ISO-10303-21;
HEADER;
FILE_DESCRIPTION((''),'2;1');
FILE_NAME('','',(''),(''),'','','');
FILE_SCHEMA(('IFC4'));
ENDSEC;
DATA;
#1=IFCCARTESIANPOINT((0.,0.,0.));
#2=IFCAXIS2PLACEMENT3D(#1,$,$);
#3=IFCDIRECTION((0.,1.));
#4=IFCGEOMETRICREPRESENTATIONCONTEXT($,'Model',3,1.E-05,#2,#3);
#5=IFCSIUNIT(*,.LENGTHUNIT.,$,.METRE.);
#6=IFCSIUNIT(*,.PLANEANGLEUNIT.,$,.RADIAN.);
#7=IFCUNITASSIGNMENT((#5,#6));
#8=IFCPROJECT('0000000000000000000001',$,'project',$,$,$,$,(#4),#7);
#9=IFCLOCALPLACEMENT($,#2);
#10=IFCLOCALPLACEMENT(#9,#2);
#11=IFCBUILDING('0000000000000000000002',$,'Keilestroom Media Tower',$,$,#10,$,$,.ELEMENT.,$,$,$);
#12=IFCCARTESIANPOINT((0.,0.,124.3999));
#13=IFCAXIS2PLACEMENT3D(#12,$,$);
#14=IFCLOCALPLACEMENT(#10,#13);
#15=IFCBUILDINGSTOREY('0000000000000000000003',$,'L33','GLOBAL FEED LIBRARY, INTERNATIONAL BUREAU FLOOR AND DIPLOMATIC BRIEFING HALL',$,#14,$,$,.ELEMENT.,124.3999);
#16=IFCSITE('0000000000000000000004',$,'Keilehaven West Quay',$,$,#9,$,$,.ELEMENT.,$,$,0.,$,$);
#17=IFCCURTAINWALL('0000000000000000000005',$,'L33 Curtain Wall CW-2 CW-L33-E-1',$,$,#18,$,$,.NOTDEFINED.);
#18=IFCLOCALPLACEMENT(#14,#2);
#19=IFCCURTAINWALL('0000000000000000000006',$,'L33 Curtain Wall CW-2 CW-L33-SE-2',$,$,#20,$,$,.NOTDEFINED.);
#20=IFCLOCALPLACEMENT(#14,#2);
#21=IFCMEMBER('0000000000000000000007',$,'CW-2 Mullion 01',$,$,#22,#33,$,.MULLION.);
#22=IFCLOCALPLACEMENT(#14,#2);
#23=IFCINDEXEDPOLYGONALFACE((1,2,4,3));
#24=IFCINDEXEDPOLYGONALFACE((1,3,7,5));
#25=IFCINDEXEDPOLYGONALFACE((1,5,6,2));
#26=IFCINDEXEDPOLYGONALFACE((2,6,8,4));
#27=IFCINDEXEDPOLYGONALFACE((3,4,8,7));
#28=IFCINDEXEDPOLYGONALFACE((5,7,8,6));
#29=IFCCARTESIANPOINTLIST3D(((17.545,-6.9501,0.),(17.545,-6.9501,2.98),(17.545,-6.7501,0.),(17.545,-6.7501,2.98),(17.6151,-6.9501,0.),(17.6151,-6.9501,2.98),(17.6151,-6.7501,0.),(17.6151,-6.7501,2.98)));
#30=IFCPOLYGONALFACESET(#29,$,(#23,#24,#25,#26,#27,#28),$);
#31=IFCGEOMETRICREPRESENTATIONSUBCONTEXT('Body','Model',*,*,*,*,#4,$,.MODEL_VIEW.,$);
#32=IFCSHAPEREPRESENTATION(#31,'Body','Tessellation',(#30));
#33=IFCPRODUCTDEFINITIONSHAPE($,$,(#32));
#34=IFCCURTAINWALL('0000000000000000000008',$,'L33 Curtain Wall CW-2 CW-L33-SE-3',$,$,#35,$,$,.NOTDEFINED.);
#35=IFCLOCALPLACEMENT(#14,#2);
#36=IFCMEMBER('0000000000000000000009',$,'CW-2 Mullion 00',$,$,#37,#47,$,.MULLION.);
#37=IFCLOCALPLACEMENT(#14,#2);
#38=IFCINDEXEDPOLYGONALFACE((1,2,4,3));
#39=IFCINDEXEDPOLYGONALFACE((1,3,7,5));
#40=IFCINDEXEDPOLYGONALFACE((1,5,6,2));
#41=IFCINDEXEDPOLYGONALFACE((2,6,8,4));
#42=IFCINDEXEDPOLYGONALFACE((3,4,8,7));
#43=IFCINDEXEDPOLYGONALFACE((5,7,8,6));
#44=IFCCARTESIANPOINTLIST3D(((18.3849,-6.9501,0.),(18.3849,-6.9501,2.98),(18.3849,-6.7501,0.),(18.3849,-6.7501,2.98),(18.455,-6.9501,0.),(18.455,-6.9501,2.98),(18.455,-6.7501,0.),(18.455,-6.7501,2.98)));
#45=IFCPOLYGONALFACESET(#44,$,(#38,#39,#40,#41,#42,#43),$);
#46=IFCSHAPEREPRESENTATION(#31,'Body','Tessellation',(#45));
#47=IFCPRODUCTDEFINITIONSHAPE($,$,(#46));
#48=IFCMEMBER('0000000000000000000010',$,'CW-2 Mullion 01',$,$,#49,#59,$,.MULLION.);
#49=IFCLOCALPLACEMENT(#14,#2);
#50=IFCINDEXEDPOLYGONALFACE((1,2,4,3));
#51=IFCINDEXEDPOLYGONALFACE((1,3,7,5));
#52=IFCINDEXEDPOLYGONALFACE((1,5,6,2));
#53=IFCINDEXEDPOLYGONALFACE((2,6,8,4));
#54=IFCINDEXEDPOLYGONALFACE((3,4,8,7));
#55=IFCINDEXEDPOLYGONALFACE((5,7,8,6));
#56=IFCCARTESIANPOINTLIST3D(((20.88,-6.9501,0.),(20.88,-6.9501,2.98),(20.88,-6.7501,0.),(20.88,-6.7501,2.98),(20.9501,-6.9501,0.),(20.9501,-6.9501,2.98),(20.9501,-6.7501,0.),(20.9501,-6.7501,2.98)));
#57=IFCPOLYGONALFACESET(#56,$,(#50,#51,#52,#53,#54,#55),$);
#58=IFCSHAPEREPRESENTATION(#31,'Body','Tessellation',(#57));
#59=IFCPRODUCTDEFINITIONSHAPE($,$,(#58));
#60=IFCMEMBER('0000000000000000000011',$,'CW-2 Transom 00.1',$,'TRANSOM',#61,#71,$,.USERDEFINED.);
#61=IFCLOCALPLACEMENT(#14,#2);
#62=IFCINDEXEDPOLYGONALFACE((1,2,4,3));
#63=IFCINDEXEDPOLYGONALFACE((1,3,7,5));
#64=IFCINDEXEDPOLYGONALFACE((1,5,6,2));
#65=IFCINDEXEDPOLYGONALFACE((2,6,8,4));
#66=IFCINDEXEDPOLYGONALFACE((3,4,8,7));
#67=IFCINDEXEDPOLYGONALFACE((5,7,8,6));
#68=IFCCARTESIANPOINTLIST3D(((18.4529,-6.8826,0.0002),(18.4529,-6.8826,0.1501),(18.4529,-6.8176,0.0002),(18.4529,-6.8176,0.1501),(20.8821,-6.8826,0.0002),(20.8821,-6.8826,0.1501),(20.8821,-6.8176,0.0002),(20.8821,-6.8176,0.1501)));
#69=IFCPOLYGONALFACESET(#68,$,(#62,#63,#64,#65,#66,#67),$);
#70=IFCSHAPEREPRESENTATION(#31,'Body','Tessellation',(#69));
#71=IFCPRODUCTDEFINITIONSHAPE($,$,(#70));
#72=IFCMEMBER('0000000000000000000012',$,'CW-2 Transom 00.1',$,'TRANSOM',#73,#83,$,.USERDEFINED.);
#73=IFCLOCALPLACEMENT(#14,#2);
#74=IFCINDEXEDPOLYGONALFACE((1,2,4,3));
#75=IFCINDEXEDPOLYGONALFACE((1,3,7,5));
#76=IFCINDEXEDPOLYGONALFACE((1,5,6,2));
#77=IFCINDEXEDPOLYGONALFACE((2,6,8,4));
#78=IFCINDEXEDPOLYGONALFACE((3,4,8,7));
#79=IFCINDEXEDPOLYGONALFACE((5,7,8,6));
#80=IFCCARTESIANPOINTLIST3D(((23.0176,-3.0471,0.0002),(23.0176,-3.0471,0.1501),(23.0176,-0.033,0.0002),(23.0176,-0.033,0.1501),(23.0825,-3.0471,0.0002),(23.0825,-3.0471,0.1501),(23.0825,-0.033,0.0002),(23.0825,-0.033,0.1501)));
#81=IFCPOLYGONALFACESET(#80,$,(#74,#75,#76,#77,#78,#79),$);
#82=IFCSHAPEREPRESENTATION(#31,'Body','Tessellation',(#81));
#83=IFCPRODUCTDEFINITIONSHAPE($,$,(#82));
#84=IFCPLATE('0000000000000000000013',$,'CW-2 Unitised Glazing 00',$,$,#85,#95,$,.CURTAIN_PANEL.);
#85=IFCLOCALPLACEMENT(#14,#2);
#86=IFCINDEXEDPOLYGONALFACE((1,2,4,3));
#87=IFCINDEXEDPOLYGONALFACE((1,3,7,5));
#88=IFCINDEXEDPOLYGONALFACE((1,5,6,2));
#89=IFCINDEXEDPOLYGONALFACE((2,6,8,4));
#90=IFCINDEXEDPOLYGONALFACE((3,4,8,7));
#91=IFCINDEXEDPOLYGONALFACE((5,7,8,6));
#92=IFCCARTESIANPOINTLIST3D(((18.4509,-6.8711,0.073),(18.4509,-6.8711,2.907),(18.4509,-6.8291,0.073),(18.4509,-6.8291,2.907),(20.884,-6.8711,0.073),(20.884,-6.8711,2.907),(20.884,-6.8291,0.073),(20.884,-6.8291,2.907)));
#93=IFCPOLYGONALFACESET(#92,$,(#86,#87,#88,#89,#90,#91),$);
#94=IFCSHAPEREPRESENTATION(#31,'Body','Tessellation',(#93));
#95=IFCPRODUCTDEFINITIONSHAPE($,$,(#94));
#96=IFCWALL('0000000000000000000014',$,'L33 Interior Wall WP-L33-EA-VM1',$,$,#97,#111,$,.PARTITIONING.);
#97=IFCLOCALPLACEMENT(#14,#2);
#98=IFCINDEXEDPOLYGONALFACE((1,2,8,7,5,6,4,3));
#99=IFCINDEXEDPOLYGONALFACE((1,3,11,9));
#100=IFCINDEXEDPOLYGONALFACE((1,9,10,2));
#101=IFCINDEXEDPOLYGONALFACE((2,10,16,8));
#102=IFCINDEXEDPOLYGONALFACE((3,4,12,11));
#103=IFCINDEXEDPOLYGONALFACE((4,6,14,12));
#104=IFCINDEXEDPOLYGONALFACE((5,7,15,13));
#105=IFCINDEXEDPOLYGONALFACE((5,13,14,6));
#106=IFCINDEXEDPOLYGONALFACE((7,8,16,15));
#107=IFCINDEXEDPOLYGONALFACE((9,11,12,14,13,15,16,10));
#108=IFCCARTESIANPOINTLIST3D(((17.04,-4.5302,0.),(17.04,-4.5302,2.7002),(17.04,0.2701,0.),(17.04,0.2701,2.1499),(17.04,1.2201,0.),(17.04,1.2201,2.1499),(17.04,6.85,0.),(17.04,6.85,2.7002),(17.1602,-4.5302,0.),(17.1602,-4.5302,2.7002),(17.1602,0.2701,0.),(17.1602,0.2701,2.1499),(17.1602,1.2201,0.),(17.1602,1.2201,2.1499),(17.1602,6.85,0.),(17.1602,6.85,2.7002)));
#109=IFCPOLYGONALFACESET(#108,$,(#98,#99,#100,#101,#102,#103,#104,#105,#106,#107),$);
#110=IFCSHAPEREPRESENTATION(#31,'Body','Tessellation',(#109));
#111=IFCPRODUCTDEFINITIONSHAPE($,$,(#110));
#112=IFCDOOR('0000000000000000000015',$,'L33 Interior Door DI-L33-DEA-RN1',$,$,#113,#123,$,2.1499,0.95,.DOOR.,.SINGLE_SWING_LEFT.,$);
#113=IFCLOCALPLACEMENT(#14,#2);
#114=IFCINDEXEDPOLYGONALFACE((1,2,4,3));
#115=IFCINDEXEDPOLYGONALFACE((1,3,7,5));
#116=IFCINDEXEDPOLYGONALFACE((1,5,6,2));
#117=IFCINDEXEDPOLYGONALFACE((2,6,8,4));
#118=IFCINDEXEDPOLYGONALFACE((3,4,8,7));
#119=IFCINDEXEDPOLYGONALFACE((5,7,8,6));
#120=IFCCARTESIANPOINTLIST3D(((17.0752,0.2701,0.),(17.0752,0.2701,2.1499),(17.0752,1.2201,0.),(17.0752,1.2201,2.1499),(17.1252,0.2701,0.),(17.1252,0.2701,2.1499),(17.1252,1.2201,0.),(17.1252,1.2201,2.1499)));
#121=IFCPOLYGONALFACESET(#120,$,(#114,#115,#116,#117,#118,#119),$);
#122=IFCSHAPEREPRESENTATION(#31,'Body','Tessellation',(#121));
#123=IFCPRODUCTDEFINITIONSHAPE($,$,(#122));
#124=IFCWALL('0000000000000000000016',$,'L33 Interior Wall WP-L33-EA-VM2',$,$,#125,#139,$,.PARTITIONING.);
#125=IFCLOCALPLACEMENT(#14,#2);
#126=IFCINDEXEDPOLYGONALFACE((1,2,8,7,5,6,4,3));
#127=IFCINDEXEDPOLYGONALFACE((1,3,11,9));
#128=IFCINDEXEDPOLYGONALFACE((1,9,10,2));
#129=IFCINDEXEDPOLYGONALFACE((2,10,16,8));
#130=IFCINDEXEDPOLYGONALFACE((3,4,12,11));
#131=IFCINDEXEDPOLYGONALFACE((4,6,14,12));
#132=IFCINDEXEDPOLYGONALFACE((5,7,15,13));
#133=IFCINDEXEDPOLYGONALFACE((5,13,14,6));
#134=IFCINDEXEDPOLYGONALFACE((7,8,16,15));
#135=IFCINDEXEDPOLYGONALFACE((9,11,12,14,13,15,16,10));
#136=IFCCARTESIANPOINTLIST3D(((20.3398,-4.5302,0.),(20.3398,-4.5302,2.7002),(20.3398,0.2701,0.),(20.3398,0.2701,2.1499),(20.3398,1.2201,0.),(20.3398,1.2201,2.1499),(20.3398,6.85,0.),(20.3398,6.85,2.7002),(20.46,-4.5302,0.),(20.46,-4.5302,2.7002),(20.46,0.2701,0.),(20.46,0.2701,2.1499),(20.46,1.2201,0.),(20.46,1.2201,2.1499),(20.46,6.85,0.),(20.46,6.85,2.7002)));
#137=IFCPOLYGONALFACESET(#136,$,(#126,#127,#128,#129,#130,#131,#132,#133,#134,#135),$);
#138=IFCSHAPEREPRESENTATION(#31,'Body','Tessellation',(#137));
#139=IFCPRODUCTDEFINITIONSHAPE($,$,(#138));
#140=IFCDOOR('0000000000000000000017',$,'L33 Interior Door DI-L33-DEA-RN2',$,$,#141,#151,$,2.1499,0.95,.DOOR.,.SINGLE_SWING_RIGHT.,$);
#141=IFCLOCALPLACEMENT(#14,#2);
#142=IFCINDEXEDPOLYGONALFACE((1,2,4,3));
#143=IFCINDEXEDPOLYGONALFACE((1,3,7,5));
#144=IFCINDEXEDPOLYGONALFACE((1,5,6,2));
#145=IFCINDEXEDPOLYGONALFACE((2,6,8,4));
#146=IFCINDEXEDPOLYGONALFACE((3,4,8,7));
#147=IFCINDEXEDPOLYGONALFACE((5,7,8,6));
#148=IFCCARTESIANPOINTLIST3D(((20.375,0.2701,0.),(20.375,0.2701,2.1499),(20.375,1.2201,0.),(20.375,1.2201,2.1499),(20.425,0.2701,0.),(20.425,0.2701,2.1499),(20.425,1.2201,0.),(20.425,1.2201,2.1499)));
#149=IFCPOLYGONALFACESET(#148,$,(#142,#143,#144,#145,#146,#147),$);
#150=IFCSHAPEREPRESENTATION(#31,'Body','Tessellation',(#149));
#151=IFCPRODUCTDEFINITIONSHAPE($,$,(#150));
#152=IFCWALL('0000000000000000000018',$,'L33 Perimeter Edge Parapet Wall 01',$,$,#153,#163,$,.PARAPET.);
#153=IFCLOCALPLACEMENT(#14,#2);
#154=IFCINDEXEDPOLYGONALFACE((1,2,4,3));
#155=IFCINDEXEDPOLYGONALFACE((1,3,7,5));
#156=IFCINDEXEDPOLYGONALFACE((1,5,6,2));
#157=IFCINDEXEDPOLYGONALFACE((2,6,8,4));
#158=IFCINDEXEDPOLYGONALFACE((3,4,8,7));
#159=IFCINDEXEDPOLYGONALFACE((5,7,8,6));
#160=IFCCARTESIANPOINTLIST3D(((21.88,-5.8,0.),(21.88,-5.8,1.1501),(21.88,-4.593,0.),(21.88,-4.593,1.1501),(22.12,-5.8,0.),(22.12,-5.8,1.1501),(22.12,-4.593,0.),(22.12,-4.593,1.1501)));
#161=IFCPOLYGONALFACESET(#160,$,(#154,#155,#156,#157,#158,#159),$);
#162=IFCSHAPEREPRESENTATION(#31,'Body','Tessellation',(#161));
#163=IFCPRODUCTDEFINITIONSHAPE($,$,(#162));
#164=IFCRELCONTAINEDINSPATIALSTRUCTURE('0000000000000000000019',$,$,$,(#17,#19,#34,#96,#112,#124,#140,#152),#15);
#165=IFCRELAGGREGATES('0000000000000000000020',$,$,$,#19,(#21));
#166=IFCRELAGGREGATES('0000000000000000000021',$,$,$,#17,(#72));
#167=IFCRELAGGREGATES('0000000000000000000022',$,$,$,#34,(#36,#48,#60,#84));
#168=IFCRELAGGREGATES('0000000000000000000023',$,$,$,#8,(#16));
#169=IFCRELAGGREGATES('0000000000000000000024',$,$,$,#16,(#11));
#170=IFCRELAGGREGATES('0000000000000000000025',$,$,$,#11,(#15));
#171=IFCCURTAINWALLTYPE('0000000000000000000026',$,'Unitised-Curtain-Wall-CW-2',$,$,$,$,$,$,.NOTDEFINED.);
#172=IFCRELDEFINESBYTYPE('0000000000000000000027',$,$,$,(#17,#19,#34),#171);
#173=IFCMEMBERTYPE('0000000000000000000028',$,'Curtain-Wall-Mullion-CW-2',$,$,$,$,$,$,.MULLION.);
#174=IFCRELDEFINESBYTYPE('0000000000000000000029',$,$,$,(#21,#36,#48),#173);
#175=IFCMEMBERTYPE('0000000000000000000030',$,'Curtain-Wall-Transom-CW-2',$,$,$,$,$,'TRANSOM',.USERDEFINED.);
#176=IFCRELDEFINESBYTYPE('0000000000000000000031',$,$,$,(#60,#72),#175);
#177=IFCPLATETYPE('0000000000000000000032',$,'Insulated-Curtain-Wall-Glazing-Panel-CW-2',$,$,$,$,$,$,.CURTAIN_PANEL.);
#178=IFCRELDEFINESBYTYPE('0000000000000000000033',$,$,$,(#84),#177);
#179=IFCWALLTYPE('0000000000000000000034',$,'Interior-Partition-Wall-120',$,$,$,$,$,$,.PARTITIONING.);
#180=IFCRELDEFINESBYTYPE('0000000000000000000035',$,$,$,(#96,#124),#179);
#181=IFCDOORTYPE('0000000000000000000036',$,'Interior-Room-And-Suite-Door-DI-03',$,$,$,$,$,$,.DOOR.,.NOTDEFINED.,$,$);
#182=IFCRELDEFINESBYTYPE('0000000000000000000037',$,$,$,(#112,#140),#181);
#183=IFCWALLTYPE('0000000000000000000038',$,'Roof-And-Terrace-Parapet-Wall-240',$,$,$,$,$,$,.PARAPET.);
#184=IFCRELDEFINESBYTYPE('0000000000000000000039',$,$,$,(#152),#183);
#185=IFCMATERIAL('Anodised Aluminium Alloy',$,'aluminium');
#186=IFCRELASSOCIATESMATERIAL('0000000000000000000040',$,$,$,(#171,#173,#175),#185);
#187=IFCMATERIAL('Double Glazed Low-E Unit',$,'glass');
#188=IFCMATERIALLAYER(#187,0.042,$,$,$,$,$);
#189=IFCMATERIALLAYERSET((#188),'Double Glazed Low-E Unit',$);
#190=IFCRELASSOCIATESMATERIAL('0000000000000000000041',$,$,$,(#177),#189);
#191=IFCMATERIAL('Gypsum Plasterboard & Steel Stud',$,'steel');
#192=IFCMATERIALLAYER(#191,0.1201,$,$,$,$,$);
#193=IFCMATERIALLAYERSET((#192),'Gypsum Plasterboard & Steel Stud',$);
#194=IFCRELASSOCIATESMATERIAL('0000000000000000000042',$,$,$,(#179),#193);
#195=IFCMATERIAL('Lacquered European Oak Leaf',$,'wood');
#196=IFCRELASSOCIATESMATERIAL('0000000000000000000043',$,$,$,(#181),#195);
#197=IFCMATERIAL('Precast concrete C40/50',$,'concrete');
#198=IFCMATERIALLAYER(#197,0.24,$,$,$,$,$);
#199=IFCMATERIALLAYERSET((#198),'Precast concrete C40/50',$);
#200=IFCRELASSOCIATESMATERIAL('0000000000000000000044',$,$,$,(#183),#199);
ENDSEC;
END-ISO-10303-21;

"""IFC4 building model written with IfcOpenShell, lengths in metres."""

from ifc_helpers import new_model, si_unit, direction, frame, frame_2d, origin, origin_2d, place, context, subcontext, project, spatial, rectangle, extrude, source, transform, mapped, material, layer, layer_set, material_profile, profile_set, type_object, element, fill, aggregate, save


model = new_model("IFC4")

# Units and contexts
model_context = context("Model", 3, precision=1e-05, world=origin(), true_north=direction((0.0, 1.0)))
body_context = subcontext(model_context, "Body", "Model", "MODEL_VIEW")
ifc_project = project(units=[si_unit("LENGTHUNIT", "METRE"), si_unit("PLANEANGLEUNIT", "RADIAN")], contexts=[model_context])

# Site, building, storey
site_placement = place(None, origin())
site = spatial("IfcSite", under=ifc_project, at=site_placement, Name="Keilehaven West Quay", CompositionType="ELEMENT", RefElevation=0.0)
building_placement = place(site_placement, origin())
building = spatial("IfcBuilding", under=site, at=building_placement, Name="Keilestroom Media Tower", CompositionType="ELEMENT")
storey_placement = place(building_placement, frame((0.0, 0.0, 124.3999)))
storey = spatial("IfcBuildingStorey", under=building, at=storey_placement, Name="L33", Description="GLOBAL FEED LIBRARY, INTERNATIONAL BUREAU FLOOR AND DIPLOMATIC BRIEFING HALL", CompositionType="ELEMENT", Elevation=124.3999)

# Shared definitions
ifc_material_1 = material(Name="Precast concrete C40/50", Category="concrete")

# Curtain walls, member
ifc_material_2 = material(Name="Anodised Aluminium Alloy", Category="aluminium")
curtain_wall_type = type_object("IfcCurtainWallType", Name="Unitised-Curtain-Wall-CW-2", PredefinedType="NOTDEFINED", material=ifc_material_2)
curtain_wall_1_placement = place(storey_placement, origin())
curtain_wall_1 = element("IfcCurtainWall", 1, at=curtain_wall_1_placement, inside=storey, type_object=curtain_wall_type, Name="L33 Curtain Wall CW-2 CW-L33-E-1", PredefinedType="NOTDEFINED")
ifc_material_profile_1 = material_profile(ifc_material_2, rectangle(XDim=0.0701, YDim=0.2, at=origin_2d()), Name="ALU MULLION 70x200")
ifc_profile_set_1 = profile_set([ifc_material_profile_1], Name="Anodised Aluminium Alloy")
member_type_1 = type_object("IfcMemberType", Name="Curtain-Wall-Mullion-CW-2", PredefinedType="MULLION", material=ifc_profile_set_1)
shared_shape_1 = source(origin(), body_context, "Body", "SweptSolid", [
    extrude(rectangle(XDim=0.0701, YDim=0.2, at=origin_2d()), origin(), (0.0, 0.0, 1.0), 2.98),
])
curtain_wall_2_placement = place(storey_placement, origin())
curtain_wall_2 = element("IfcCurtainWall", 2, at=curtain_wall_2_placement, inside=storey, type_object=curtain_wall_type, Name="L33 Curtain Wall CW-2 CW-L33-SE-2", PredefinedType="NOTDEFINED")
member_1_placement = place(storey_placement, frame((17.5801, -6.8501, 0.0), z_axis=(0.0, 0.0, 1.0), x_axis=(1.0, 0.0, 0.0)))
member_1 = element("IfcMember", 3, at=member_1_placement, type_object=member_type_1, Name="CW-2 Mullion 01", PredefinedType="MULLION", context=body_context, shape_type="MappedRepresentation", body=[
    mapped(shared_shape_1, transform((0.0, 0.0, 0.0), x_axis=(1.0, 0.0, 0.0), y_axis=(0.0, 1.0, 0.0), z_axis=(0.0, 0.0, 1.0), scale=1.0)),
])
aggregate(curtain_wall_2, [member_1])

# Curtain wall, members
curtain_wall_3_placement = place(storey_placement, origin())
curtain_wall_3 = element("IfcCurtainWall", 4, at=curtain_wall_3_placement, inside=storey, type_object=curtain_wall_type, Name="L33 Curtain Wall CW-2 CW-L33-SE-3", PredefinedType="NOTDEFINED")
member_2_placement = place(storey_placement, frame((18.4199, -6.8501, 0.0), z_axis=(0.0, 0.0, 1.0), x_axis=(1.0, 0.0, 0.0)))
member_2 = element("IfcMember", 5, at=member_2_placement, type_object=member_type_1, Name="CW-2 Mullion 00", PredefinedType="MULLION", context=body_context, shape_type="MappedRepresentation", body=[
    mapped(shared_shape_1, transform((0.0, 0.0, 0.0), x_axis=(1.0, 0.0, 0.0), y_axis=(0.0, 1.0, 0.0), z_axis=(0.0, 0.0, 1.0), scale=1.0)),
])
member_3_placement = place(storey_placement, frame((20.915, -6.8501, 0.0), z_axis=(0.0, 0.0, 1.0), x_axis=(1.0, 0.0, 0.0)))
member_3 = element("IfcMember", 6, at=member_3_placement, type_object=member_type_1, Name="CW-2 Mullion 01", PredefinedType="MULLION", context=body_context, shape_type="MappedRepresentation", body=[
    mapped(shared_shape_1, transform((0.0, 0.0, 0.0), x_axis=(1.0, 0.0, 0.0), y_axis=(0.0, 1.0, 0.0), z_axis=(0.0, 0.0, 1.0), scale=1.0)),
])
ifc_material_profile_2 = material_profile(ifc_material_2, rectangle(XDim=0.0649, YDim=0.1499, at=origin_2d()), Name="ALU TRANSOM 65x150")
ifc_profile_set_2 = profile_set([ifc_material_profile_2], Name="Anodised Aluminium Alloy")
member_type_2 = type_object("IfcMemberType", Name="Curtain-Wall-Transom-CW-2", ElementType="TRANSOM", PredefinedType="USERDEFINED", material=ifc_profile_set_2)
shared_shape_2 = source(origin(), body_context, "Body", "SweptSolid", [
    extrude(rectangle(XDim=0.0649, YDim=0.1499, at=origin_2d()), origin(), (0.0, 0.0, 1.0), 2.4292),
])
member_4_placement = place(storey_placement, frame((18.4529, -6.8501, 0.0752), z_axis=(1.0, 0.0, 0.0), x_axis=(0.0, 1.0, 0.0)))
member_4 = element("IfcMember", 7, at=member_4_placement, type_object=member_type_2, Name="CW-2 Transom 00.1", ObjectType="TRANSOM", PredefinedType="USERDEFINED", context=body_context, shape_type="MappedRepresentation", body=[
    mapped(shared_shape_2, transform((0.0, 0.0, 0.0), x_axis=(1.0, 0.0, 0.0), y_axis=(0.0, 1.0, 0.0), z_axis=(0.0, 0.0, 1.0), scale=1.0)),
])

# Member
shared_shape_3 = source(origin(), body_context, "Body", "SweptSolid", [
    extrude(rectangle(XDim=0.0649, YDim=0.1499, at=origin_2d()), origin(), (0.0, 0.0, 1.0), 3.0142),
])
member_5_placement = place(storey_placement, frame((23.05, -3.0471, 0.0752), z_axis=(0.0, 1.0, 0.0), x_axis=(-1.0, 0.0, 0.0)))
member_5 = element("IfcMember", 8, at=member_5_placement, type_object=member_type_2, Name="CW-2 Transom 00.1", ObjectType="TRANSOM", PredefinedType="USERDEFINED", context=body_context, shape_type="MappedRepresentation", body=[
    mapped(shared_shape_3, transform((0.0, 0.0, 0.0), x_axis=(1.0, 0.0, 0.0), y_axis=(0.0, 1.0, 0.0), z_axis=(0.0, 0.0, 1.0), scale=1.0)),
])
aggregate(curtain_wall_1, [member_5])

# Plate
ifc_material_3 = material(Name="Double Glazed Low-E Unit", Category="glass")
ifc_layer_1 = layer(ifc_material_3, 0.042)
ifc_layer_set_1 = layer_set([ifc_layer_1], Name="Double Glazed Low-E Unit")
plate_type = type_object("IfcPlateType", Name="Insulated-Curtain-Wall-Glazing-Panel-CW-2", PredefinedType="CURTAIN_PANEL", material=ifc_layer_set_1)
shared_shape_4 = source(origin(), body_context, "Body", "SweptSolid", [
    extrude(rectangle(XDim=2.4331, YDim=0.042, at=origin_2d()), origin(), (0.0, 0.0, 1.0), 2.834),
])
plate_placement = place(storey_placement, frame((19.6675, -6.8501, 0.073), z_axis=(0.0, 0.0, 1.0), x_axis=(1.0, 0.0, 0.0)))
plate = element("IfcPlate", 9, at=plate_placement, type_object=plate_type, Name="CW-2 Unitised Glazing 00", PredefinedType="CURTAIN_PANEL", context=body_context, shape_type="MappedRepresentation", body=[
    mapped(shared_shape_4, transform((0.0, 0.0, 0.0), x_axis=(1.0, 0.0, 0.0), y_axis=(0.0, 1.0, 0.0), z_axis=(0.0, 0.0, 1.0), scale=1.0)),
])
aggregate(curtain_wall_3, [member_2, member_3, member_4, plate])

# Walls, openings, doors
ifc_material_4 = material(Name="Gypsum Plasterboard & Steel Stud", Category="steel")
ifc_layer_2 = layer(ifc_material_4, 0.1201)
ifc_layer_set_2 = layer_set([ifc_layer_2], Name="Gypsum Plasterboard & Steel Stud")
wall_type_1 = type_object("IfcWallType", Name="Interior-Partition-Wall-120", PredefinedType="PARTITIONING", material=ifc_layer_set_2)
wall_1_placement = place(storey_placement, frame((17.1001, -4.53, 0.0), z_axis=(0.0, 0.0, 1.0), x_axis=(0.0, 1.0, 0.0)))
wall_1 = element("IfcWall", 10, at=wall_1_placement, inside=storey, type_object=wall_type_1, Name="L33 Interior Wall WP-L33-EA-VM1", PredefinedType="PARTITIONING", context=body_context, shape_type="SweptSolid", body=[
    extrude(rectangle(XDim=11.3801, YDim=0.1201, at=frame_2d((5.6899, 0.0))), origin(), (0.0, 0.0, 1.0), 2.7002),
])
opening_1_placement = place(wall_1_placement, frame((4.8, 0.0, 0.0)))
opening_1 = element("IfcOpeningElement", 11, at=opening_1_placement, cuts=wall_1, PredefinedType="OPENING", context=body_context, shape_type="SweptSolid", body=[
    extrude(rectangle(XDim=0.95, YDim=2.1499, at=frame_2d((0.4751, 1.075))), frame((0.0, 0.0701, 0.0), z_axis=(0.0, -1.0, 0.0), x_axis=(1.0, 0.0, 0.0)), (0.0, 0.0, 1.0), 0.1401),
])
ifc_material_5 = material(Name="Lacquered European Oak Leaf", Category="wood")
door_type = type_object("IfcDoorType", Name="Interior-Room-And-Suite-Door-DI-03", OperationType="NOTDEFINED", PredefinedType="DOOR", material=ifc_material_5)
shared_shape_5 = source(origin(), body_context, "Body", "SweptSolid", [
    extrude(rectangle(XDim=0.95, YDim=2.1499, at=frame_2d((0.4751, 1.075))), frame((0.0, 0.0249, 0.0), z_axis=(0.0, -1.0, 0.0), x_axis=(1.0, 0.0, 0.0)), (0.0, 0.0, 1.0), 0.05),
])
door_1_placement = place(opening_1_placement, origin())
door_1 = element("IfcDoor", 12, at=door_1_placement, inside=storey, type_object=door_type, Name="L33 Interior Door DI-L33-DEA-RN1", OperationType="SINGLE_SWING_LEFT", OverallHeight=2.1499, OverallWidth=0.95, PredefinedType="DOOR", context=body_context, shape_type="MappedRepresentation", body=[
    mapped(shared_shape_5, transform((0.0, 0.0, 0.0), x_axis=(1.0, 0.0, 0.0), y_axis=(0.0, 1.0, 0.0), z_axis=(0.0, 0.0, 1.0), scale=1.0)),
])
fill(opening_1, door_1)
wall_2_placement = place(storey_placement, frame((20.3999, -4.53, 0.0), z_axis=(0.0, 0.0, 1.0), x_axis=(0.0, 1.0, 0.0)))
wall_2 = element("IfcWall", 13, at=wall_2_placement, inside=storey, type_object=wall_type_1, Name="L33 Interior Wall WP-L33-EA-VM2", PredefinedType="PARTITIONING", context=body_context, shape_type="SweptSolid", body=[
    extrude(rectangle(XDim=11.3801, YDim=0.1201, at=frame_2d((5.6899, 0.0))), origin(), (0.0, 0.0, 1.0), 2.7002),
])
opening_2_placement = place(wall_2_placement, frame((4.8, 0.0, 0.0)))
opening_2 = element("IfcOpeningElement", 14, at=opening_2_placement, cuts=wall_2, PredefinedType="OPENING", context=body_context, shape_type="SweptSolid", body=[
    extrude(rectangle(XDim=0.95, YDim=2.1499, at=frame_2d((0.4751, 1.075))), frame((0.0, 0.0701, 0.0), z_axis=(0.0, -1.0, 0.0), x_axis=(1.0, 0.0, 0.0)), (0.0, 0.0, 1.0), 0.1401),
])
door_2_placement = place(opening_2_placement, origin())
door_2 = element("IfcDoor", 15, at=door_2_placement, inside=storey, type_object=door_type, Name="L33 Interior Door DI-L33-DEA-RN2", OperationType="SINGLE_SWING_RIGHT", OverallHeight=2.1499, OverallWidth=0.95, PredefinedType="DOOR", context=body_context, shape_type="MappedRepresentation", body=[
    mapped(shared_shape_5, transform((0.0, 0.0, 0.0), x_axis=(1.0, 0.0, 0.0), y_axis=(0.0, 1.0, 0.0), z_axis=(0.0, 0.0, 1.0), scale=1.0)),
])
fill(opening_2, door_2)

# Wall
ifc_layer_3 = layer(ifc_material_1, 0.24)
ifc_layer_set_3 = layer_set([ifc_layer_3], Name="Precast concrete C40/50")
wall_type_2 = type_object("IfcWallType", Name="Roof-And-Terrace-Parapet-Wall-240", PredefinedType="PARAPET", material=ifc_layer_set_3)
wall_3_placement = place(storey_placement, frame((22.0, -4.593, 0.0), z_axis=(0.0, 0.0, 1.0), x_axis=(0.0, -1.0, 0.0)))
element("IfcWall", 16, at=wall_3_placement, inside=storey, type_object=wall_type_2, Name="L33 Perimeter Edge Parapet Wall 01", PredefinedType="PARAPET", context=body_context, shape_type="SweptSolid", body=[
    extrude(rectangle(XDim=1.207, YDim=0.24, at=frame_2d((0.6035, 0.0))), origin(), (0.0, 0.0, 1.0), 1.1501),
])

save(model, "model.ifc")
